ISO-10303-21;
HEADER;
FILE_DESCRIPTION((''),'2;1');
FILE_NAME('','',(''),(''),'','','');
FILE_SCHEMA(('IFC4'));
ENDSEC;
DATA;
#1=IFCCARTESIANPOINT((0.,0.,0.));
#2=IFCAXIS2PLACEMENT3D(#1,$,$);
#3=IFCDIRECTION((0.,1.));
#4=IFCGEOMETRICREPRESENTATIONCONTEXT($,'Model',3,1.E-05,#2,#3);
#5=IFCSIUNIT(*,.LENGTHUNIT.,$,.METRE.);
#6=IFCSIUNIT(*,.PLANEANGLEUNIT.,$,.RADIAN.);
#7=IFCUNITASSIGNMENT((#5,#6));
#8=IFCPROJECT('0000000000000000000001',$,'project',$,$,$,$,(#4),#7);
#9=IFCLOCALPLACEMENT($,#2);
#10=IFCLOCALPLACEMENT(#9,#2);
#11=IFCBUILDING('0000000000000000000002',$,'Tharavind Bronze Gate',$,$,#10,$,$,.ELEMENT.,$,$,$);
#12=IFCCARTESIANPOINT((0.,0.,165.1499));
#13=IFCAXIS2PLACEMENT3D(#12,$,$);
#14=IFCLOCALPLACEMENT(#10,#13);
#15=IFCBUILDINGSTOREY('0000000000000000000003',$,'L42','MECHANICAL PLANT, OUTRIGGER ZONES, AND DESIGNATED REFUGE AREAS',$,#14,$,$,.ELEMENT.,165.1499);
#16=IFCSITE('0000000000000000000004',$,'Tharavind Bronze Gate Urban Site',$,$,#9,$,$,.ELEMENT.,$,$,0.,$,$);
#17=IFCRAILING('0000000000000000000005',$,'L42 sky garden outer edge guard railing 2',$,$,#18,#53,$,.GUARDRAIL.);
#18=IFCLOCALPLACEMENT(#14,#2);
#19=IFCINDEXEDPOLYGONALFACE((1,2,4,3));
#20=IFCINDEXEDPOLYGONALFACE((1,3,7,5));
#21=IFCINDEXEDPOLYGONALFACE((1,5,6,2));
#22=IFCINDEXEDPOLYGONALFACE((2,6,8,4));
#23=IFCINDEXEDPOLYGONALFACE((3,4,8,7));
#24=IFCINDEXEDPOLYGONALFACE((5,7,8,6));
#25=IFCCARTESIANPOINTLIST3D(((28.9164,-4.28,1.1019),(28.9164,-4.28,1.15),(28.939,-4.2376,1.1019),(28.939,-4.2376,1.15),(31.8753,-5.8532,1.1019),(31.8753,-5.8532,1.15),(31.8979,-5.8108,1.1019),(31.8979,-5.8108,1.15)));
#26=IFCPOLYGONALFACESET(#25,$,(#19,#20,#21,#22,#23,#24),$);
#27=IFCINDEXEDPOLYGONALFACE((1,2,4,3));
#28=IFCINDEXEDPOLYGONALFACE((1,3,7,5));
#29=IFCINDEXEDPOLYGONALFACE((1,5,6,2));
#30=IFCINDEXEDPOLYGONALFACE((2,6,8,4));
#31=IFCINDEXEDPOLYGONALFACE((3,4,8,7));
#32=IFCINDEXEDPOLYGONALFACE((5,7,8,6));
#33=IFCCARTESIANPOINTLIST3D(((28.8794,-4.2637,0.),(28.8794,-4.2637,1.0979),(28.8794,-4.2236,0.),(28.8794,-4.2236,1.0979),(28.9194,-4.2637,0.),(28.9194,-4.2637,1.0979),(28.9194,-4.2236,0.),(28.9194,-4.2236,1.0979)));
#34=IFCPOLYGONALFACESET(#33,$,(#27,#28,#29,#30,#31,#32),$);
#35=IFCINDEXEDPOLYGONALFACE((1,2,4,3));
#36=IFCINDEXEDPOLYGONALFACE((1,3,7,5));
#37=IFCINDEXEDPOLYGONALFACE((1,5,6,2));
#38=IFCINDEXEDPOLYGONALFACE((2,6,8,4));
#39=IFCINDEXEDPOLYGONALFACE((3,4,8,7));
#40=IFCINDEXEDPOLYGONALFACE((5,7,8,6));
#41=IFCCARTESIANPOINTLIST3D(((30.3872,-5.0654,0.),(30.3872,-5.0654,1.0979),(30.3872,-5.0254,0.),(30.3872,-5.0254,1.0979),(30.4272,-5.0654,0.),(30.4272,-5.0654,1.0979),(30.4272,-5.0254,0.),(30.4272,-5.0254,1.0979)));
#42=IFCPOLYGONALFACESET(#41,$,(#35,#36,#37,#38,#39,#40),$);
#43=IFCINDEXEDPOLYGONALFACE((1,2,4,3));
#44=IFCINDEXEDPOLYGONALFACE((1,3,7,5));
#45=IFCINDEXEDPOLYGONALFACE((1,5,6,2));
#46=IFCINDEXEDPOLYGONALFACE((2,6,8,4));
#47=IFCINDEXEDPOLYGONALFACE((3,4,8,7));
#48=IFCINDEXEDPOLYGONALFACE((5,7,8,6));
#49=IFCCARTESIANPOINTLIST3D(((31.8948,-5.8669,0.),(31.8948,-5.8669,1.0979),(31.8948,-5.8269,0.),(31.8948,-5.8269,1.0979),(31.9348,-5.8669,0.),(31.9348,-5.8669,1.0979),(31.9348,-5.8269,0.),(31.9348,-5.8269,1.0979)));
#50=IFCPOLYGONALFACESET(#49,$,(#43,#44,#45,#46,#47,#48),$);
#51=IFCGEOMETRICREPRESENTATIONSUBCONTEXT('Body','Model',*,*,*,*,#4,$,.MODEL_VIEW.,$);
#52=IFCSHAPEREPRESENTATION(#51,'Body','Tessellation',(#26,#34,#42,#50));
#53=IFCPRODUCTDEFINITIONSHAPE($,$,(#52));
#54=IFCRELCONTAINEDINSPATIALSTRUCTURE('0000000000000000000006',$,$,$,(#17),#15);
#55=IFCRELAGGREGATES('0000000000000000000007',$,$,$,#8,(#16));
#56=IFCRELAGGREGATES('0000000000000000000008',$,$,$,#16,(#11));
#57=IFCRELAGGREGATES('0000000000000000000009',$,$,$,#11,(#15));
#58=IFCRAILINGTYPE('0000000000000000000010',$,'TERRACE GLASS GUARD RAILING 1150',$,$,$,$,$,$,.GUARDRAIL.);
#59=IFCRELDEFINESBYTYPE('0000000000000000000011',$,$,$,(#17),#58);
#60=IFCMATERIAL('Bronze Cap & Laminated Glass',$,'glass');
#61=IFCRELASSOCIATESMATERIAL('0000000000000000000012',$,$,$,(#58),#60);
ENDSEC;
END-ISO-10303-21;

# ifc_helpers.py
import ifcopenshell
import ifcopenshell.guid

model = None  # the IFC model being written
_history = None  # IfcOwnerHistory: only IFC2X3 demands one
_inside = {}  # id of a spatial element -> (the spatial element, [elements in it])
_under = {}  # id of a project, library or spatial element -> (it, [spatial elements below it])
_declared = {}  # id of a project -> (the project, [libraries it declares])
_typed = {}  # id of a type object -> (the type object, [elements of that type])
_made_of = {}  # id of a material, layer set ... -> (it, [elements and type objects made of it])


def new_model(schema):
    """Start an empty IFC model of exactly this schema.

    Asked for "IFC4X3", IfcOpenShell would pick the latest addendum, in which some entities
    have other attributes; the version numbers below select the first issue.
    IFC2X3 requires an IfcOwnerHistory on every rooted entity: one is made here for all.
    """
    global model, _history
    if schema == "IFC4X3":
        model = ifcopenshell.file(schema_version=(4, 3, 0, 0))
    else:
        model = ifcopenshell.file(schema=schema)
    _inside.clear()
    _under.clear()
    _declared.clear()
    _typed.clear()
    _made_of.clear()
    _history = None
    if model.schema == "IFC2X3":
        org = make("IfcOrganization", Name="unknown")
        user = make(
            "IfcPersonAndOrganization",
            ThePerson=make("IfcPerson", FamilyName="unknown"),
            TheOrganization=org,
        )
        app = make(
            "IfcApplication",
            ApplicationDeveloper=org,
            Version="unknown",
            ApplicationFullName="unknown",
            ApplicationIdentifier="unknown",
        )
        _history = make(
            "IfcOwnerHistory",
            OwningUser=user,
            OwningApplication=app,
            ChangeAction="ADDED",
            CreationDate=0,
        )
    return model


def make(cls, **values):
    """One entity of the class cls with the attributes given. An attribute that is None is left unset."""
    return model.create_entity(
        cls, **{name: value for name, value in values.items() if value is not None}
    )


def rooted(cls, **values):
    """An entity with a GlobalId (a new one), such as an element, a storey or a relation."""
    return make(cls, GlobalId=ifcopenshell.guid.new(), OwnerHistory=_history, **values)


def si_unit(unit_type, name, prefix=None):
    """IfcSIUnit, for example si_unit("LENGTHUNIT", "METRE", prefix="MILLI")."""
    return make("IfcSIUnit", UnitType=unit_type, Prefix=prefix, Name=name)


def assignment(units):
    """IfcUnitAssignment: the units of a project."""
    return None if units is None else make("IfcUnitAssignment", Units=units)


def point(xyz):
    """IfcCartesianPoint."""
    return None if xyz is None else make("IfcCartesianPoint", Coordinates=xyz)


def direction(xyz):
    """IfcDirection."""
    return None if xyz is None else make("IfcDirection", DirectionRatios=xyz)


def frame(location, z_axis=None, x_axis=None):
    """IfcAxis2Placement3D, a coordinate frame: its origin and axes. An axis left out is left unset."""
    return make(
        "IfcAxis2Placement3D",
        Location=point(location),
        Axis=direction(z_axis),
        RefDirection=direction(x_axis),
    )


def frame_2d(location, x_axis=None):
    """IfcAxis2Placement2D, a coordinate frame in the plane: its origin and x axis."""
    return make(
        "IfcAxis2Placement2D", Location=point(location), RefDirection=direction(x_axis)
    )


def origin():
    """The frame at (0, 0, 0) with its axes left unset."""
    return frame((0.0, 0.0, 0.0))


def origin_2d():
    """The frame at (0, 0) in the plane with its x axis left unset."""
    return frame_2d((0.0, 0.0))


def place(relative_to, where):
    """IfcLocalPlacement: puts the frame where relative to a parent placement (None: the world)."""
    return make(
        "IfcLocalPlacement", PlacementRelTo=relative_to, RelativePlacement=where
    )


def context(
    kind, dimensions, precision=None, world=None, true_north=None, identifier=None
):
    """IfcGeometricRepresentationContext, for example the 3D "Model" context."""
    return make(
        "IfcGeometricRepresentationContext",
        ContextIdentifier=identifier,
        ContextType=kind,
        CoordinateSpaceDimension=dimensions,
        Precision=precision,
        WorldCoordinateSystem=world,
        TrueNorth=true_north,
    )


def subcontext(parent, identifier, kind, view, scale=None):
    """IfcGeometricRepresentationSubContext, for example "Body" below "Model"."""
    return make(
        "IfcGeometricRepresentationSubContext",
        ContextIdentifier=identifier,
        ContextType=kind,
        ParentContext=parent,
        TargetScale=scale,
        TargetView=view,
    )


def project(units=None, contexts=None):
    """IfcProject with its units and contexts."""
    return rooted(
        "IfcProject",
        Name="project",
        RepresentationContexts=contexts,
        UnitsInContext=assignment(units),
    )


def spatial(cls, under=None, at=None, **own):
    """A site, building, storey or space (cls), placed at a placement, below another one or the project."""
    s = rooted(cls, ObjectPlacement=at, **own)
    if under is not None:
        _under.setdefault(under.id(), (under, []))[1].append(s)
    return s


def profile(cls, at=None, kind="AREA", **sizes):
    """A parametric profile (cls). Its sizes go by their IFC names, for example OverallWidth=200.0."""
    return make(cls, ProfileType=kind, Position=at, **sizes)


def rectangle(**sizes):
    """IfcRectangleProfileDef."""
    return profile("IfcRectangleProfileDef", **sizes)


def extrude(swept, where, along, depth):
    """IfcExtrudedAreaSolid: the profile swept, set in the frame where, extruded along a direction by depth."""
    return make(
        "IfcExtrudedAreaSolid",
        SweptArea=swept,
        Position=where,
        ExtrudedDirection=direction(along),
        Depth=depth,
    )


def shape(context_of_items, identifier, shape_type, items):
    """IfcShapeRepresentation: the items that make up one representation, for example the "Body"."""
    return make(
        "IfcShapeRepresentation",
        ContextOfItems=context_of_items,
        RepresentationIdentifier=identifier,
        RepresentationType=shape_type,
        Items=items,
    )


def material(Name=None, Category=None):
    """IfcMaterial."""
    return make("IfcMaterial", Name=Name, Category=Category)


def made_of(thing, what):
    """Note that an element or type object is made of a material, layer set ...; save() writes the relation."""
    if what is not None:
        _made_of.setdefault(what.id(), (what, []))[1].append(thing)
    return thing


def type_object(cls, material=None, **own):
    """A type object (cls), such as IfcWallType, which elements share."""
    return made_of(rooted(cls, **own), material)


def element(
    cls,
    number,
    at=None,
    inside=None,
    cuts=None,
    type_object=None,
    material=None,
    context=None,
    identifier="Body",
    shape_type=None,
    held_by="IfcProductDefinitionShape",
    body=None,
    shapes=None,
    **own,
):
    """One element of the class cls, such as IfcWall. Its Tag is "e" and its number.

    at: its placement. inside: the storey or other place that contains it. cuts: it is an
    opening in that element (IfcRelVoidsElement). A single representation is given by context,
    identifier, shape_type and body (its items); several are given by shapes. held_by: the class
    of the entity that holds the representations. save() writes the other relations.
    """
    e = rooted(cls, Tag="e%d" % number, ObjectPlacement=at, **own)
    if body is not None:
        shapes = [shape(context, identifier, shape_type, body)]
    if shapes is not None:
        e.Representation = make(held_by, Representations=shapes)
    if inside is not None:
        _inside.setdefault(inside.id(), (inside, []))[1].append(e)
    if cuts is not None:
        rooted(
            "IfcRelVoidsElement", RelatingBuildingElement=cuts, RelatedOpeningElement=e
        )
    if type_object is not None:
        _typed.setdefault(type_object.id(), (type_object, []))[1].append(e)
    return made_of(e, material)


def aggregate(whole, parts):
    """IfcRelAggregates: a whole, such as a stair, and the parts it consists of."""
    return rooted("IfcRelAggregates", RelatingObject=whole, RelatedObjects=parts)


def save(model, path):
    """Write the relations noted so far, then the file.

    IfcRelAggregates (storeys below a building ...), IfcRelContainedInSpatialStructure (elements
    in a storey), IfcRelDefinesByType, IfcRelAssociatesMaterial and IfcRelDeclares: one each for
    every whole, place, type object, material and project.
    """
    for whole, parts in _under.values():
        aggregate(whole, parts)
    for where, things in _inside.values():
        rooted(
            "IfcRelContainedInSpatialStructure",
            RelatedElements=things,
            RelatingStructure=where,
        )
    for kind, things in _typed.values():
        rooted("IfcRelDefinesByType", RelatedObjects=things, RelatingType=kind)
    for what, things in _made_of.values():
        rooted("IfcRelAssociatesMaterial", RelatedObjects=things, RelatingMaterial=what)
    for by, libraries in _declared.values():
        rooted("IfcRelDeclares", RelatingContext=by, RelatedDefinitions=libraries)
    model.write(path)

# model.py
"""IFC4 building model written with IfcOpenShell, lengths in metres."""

from ifc_helpers import new_model, si_unit, direction, frame, origin, origin_2d, place, context, subcontext, project, spatial, rectangle, extrude, material, type_object, element, save


model = new_model("IFC4")

# Units and contexts
model_context = context("Model", 3, precision=1e-05, world=origin(), true_north=direction((0.0, 1.0)))
body_context = subcontext(model_context, "Body", "Model", "MODEL_VIEW")
ifc_project = project(units=[si_unit("LENGTHUNIT", "METRE"), si_unit("PLANEANGLEUNIT", "RADIAN")], contexts=[model_context])

# Site, building, storey
site_placement = place(None, origin())
site = spatial("IfcSite", under=ifc_project, at=site_placement, Name="Tharavind Bronze Gate Urban Site", CompositionType="ELEMENT", RefElevation=0.0)
building_placement = place(site_placement, origin())
building = spatial("IfcBuilding", under=site, at=building_placement, Name="Tharavind Bronze Gate", CompositionType="ELEMENT")
storey_placement = place(building_placement, frame((0.0, 0.0, 165.1499)))
storey = spatial("IfcBuildingStorey", under=building, at=storey_placement, Name="L42", Description="MECHANICAL PLANT, OUTRIGGER ZONES, AND DESIGNATED REFUGE AREAS", CompositionType="ELEMENT", Elevation=165.1499)

# Railing
ifc_material_1 = material(Name="Bronze Cap & Laminated Glass", Category="glass")
railing_type = type_object("IfcRailingType", Name="TERRACE GLASS GUARD RAILING 1150", PredefinedType="GUARDRAIL", material=ifc_material_1)
railing_1_placement = place(storey_placement, frame((28.8994, -4.2437, 0.0)))
element("IfcRailing", 1, at=railing_1_placement, inside=storey, type_object=railing_type, Name="L42 sky garden outer edge guard railing 2", PredefinedType="GUARDRAIL", context=body_context, shape_type="SweptSolid", body=[
    extrude(rectangle(XDim=0.0481, YDim=0.0481, at=origin_2d()), frame((0.0283, -0.0151, 1.126), z_axis=(0.882952, -0.469464, 0.0), x_axis=(0.469464, 0.882952, 0.0)), (0.0, 0.0, 1.0), 3.3511),
    extrude(rectangle(XDim=0.04, YDim=0.04, at=origin_2d()), origin(), (0.0, 0.0, 1.0), 1.0979),
    extrude(rectangle(XDim=0.04, YDim=0.04, at=origin_2d()), frame((1.5078, -0.8018, 0.0)), (0.0, 0.0, 1.0), 1.0979),
    extrude(rectangle(XDim=0.04, YDim=0.04, at=origin_2d()), frame((3.0154, -1.6033, 0.0)), (0.0, 0.0, 1.0), 1.0979),
])

save(model, "model.ifc")
